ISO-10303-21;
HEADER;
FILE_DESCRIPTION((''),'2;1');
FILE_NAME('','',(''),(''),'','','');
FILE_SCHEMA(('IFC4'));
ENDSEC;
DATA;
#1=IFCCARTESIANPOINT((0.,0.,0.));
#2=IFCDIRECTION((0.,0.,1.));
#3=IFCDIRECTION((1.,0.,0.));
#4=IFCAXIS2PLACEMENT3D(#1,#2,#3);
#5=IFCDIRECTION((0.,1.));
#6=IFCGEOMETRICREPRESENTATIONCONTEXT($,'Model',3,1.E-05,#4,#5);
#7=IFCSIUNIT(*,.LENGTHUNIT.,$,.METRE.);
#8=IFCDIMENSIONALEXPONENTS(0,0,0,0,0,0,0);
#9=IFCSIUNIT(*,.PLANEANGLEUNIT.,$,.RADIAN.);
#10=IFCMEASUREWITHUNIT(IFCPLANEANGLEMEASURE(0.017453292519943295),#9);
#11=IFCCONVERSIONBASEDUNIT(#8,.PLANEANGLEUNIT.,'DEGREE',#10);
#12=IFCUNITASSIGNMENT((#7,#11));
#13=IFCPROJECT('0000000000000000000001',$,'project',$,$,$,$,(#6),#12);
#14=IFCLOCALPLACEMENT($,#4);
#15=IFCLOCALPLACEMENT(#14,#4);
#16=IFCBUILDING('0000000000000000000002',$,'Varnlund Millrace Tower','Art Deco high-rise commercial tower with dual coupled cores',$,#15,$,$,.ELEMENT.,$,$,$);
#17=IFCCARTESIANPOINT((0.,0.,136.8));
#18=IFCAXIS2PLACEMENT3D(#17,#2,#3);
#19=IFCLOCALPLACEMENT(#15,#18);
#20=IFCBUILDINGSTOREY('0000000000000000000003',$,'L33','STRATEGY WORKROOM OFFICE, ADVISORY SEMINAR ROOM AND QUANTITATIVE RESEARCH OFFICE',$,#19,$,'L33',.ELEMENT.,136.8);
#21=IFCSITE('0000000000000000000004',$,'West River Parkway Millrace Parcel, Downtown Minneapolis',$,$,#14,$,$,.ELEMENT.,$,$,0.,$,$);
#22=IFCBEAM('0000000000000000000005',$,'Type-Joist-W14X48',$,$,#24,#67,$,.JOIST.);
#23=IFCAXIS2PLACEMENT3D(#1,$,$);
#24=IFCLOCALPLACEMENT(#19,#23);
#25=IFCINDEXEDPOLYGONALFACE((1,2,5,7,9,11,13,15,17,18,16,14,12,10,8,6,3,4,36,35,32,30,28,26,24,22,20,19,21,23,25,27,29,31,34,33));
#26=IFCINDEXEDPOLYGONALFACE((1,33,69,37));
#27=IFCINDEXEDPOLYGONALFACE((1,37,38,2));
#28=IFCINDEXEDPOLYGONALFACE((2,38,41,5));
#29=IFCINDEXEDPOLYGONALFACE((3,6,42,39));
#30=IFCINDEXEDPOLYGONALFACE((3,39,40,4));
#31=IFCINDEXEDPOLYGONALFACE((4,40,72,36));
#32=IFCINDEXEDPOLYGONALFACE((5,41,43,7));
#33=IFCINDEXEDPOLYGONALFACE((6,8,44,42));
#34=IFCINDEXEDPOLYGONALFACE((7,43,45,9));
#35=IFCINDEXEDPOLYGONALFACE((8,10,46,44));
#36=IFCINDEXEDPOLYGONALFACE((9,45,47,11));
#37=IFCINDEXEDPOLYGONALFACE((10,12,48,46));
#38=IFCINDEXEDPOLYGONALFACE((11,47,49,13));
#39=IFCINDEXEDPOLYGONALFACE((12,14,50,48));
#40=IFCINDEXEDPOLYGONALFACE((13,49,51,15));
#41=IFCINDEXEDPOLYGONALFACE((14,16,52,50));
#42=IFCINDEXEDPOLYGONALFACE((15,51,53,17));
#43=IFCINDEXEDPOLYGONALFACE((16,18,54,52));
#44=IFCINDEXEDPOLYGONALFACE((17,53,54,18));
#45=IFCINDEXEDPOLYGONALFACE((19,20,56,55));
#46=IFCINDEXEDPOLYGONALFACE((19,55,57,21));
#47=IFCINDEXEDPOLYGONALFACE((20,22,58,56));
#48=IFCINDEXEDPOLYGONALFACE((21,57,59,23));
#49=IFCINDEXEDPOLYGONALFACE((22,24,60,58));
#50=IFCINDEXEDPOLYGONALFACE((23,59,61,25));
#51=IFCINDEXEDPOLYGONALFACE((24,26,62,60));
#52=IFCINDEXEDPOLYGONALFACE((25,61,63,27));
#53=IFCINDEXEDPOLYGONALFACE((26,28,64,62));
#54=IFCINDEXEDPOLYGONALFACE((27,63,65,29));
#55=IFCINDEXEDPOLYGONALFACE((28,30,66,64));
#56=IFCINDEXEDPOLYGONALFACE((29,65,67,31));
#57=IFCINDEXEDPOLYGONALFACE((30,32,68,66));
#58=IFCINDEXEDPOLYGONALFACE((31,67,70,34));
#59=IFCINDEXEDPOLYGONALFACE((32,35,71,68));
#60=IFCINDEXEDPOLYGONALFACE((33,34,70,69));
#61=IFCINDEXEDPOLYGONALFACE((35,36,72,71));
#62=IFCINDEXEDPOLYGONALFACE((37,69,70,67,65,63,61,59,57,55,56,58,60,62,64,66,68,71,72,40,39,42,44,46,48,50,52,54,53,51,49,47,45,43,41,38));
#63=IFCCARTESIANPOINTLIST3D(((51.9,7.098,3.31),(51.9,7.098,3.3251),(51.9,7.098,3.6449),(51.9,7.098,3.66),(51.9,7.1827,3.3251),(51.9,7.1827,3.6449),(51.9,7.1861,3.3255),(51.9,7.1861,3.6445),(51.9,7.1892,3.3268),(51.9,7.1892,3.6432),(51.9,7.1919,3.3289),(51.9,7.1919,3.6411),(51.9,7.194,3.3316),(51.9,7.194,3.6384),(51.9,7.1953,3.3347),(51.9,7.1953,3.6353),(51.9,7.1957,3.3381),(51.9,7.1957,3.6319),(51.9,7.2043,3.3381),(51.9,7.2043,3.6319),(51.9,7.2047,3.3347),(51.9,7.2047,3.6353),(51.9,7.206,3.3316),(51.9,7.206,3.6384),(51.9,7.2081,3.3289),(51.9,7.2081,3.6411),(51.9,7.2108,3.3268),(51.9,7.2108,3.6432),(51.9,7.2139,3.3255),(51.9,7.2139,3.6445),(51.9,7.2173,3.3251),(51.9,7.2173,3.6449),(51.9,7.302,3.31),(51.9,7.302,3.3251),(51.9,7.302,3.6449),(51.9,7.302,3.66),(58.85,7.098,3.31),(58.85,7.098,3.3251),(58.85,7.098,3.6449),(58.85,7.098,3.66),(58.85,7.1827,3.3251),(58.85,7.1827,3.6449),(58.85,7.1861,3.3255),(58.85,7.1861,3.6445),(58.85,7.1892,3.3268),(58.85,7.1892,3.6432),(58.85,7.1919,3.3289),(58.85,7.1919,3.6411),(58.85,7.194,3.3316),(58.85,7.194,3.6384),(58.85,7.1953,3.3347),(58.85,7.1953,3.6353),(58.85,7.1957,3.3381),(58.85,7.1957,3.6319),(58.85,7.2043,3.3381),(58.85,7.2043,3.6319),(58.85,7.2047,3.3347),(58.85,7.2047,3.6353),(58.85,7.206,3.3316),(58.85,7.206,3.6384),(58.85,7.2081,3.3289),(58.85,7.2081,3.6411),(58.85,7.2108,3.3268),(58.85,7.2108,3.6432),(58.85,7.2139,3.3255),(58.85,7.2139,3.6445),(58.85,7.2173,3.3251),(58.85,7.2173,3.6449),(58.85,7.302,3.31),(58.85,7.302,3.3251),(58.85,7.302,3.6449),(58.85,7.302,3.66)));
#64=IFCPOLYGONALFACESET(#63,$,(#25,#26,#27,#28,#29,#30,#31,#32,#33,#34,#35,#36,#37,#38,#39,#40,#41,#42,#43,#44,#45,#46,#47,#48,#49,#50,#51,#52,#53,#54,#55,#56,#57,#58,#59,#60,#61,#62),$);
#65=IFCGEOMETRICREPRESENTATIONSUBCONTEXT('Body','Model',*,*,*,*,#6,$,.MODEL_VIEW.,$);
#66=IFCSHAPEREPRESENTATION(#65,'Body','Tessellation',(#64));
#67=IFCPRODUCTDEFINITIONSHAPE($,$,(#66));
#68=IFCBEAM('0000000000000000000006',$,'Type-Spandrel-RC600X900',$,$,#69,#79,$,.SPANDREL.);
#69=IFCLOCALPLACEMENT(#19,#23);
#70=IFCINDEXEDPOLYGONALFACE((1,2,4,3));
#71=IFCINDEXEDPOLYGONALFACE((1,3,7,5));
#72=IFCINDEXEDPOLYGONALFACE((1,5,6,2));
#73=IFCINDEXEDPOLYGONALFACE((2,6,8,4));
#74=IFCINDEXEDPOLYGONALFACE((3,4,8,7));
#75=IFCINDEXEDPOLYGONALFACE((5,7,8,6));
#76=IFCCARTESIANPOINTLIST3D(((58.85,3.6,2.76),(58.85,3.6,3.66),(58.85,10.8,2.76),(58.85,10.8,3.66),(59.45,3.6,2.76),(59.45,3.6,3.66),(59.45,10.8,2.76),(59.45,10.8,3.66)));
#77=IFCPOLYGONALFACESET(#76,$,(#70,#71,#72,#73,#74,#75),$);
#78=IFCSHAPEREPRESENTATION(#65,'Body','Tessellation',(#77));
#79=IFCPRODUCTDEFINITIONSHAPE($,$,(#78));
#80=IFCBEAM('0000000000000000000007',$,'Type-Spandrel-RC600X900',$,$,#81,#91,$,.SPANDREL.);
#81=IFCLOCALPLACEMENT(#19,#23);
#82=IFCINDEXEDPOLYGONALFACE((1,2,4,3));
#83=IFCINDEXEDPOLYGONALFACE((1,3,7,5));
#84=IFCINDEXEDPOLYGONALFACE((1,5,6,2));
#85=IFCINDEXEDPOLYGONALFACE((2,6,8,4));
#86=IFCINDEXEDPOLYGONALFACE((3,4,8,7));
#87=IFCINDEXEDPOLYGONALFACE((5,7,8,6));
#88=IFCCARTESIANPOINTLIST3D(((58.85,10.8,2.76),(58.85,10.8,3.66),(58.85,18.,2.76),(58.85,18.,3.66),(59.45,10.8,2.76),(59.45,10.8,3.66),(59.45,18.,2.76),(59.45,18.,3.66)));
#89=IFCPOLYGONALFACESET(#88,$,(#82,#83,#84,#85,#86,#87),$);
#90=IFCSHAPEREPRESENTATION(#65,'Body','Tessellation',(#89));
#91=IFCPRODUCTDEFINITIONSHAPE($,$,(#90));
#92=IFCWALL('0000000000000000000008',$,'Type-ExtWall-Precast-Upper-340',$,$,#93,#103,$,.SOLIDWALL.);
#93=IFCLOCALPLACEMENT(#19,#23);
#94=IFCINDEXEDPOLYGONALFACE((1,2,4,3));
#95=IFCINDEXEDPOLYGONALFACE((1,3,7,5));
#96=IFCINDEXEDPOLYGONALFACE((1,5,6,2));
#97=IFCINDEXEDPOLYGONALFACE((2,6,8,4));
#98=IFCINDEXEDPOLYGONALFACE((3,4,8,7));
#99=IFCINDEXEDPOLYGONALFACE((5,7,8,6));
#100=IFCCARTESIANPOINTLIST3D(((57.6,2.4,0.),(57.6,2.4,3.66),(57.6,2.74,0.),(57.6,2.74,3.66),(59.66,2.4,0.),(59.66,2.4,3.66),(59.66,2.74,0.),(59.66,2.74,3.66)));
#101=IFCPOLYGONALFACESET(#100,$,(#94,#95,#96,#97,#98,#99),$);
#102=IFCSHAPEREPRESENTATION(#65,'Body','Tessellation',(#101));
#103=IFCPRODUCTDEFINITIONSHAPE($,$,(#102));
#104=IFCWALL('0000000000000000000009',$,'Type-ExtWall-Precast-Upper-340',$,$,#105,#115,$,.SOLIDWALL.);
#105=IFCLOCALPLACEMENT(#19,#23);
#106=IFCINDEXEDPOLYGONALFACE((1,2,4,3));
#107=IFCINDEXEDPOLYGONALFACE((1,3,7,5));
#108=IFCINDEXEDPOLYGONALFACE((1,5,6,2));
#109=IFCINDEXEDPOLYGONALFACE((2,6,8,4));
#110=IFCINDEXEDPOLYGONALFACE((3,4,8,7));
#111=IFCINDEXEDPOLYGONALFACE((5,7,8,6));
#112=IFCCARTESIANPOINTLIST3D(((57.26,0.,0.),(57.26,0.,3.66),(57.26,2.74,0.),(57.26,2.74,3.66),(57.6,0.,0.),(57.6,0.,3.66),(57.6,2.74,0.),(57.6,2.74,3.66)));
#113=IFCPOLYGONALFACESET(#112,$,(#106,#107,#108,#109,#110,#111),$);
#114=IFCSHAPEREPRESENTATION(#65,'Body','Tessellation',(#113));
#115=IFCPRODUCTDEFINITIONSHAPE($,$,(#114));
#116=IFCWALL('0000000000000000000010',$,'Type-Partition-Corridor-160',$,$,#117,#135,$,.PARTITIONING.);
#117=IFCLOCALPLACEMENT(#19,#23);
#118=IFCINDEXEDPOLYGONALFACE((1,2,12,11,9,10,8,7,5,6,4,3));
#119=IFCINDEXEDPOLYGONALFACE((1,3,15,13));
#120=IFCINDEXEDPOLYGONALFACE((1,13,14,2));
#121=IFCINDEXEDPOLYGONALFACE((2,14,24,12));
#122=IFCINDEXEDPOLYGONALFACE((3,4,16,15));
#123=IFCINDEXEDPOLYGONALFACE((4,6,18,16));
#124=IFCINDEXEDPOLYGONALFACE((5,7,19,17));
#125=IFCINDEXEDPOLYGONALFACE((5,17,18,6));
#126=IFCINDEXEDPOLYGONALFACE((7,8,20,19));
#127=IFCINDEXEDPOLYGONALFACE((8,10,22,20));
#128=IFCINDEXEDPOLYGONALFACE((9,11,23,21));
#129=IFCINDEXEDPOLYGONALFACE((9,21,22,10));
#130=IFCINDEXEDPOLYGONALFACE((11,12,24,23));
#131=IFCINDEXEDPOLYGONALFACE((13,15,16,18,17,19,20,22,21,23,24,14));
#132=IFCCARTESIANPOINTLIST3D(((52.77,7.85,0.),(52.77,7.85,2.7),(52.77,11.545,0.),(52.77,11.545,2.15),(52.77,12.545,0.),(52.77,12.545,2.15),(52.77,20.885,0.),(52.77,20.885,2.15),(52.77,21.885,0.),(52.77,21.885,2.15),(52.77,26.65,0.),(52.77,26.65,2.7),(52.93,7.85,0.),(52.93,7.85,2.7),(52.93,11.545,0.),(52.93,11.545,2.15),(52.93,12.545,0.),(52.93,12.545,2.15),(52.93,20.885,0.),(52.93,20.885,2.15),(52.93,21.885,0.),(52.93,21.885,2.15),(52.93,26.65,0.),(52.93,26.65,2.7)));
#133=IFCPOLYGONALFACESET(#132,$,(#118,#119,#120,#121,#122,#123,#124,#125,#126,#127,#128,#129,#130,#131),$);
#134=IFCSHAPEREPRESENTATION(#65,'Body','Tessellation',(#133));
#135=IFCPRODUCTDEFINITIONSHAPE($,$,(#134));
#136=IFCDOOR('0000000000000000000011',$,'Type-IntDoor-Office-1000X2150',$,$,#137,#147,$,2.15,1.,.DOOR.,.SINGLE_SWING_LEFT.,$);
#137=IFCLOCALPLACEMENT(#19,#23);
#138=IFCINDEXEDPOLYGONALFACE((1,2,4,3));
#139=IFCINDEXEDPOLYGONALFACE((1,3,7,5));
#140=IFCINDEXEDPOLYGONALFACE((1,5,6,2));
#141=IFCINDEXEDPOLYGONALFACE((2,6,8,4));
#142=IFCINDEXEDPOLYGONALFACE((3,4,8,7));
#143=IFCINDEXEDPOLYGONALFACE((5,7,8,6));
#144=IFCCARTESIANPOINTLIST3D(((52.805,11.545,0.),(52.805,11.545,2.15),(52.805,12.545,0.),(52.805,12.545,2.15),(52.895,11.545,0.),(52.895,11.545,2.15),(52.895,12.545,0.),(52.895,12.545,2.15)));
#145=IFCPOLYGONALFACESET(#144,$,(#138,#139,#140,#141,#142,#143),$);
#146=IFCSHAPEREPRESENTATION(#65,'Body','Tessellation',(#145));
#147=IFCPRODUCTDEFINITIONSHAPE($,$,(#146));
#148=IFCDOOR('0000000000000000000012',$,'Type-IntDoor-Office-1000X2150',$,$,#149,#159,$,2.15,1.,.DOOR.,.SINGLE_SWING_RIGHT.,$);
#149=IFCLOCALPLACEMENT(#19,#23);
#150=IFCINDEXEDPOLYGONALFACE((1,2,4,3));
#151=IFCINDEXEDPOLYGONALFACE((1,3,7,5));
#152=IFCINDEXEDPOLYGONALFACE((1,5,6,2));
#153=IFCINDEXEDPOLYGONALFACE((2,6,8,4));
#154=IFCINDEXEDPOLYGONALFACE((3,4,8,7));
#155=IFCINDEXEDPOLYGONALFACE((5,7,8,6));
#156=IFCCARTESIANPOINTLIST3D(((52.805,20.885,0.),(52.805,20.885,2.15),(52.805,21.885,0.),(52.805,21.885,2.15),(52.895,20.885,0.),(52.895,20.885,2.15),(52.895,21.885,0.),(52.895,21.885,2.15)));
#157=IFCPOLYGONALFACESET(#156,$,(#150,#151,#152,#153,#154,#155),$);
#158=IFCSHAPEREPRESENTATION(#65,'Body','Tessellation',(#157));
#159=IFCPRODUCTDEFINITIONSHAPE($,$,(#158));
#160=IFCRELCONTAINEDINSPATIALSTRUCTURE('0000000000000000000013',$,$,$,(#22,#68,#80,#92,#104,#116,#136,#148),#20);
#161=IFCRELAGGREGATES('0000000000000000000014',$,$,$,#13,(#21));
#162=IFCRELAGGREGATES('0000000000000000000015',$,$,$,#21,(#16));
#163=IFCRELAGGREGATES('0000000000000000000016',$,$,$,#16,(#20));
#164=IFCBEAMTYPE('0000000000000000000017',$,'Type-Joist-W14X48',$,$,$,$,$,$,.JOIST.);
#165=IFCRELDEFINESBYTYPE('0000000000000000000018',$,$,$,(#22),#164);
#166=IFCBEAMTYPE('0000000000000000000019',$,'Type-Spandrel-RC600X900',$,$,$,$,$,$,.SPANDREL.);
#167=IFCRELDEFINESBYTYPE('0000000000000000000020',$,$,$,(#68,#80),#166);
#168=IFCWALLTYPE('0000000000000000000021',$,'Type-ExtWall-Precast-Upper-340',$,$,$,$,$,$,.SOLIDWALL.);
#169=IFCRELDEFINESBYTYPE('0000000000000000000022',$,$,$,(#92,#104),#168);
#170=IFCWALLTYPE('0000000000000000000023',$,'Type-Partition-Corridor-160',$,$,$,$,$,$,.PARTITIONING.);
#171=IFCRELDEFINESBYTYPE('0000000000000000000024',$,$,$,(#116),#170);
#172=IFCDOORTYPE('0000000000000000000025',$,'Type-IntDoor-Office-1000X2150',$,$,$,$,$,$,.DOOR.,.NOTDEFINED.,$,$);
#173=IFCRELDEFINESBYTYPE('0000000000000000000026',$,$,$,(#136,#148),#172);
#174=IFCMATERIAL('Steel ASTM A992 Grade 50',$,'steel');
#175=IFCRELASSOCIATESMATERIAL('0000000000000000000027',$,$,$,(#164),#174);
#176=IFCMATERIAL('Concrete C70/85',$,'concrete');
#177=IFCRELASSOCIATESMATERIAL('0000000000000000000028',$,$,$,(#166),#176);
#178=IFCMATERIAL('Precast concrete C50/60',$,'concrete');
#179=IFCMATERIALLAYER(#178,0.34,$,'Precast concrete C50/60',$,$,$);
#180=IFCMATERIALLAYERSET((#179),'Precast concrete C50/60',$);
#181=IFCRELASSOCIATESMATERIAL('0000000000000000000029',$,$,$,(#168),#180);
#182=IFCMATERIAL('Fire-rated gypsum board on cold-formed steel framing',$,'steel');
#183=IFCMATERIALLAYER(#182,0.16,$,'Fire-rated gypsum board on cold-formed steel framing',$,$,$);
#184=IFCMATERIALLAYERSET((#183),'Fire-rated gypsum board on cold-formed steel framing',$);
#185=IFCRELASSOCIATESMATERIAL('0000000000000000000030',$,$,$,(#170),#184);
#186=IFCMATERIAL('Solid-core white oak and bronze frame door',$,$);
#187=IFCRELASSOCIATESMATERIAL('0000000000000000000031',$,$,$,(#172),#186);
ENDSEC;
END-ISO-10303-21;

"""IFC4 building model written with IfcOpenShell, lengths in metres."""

from ifc_helpers import new_model, entity, si_unit, converted_unit, direction, frame, origin_with_axes, origin_2d_with_axis, place, context, subcontext, project, spatial, polyline, rectangle, i_section, outline, extrude, material, layer, layer_set, material_profile, profile_set, type_object, element, fill, save


model = new_model("IFC4")

# Units and contexts
model_context = context("Model", 3, precision=1e-05, world=origin_with_axes(), true_north=direction((0.0, 1.0)))
body_context = subcontext(model_context, "Body", "Model", "MODEL_VIEW")
ifc_project = project(units=[si_unit("LENGTHUNIT", "METRE"), converted_unit("PLANEANGLEUNIT", "DEGREE", entity("IfcPlaneAngleMeasure", 0.017453292519943295), si_unit("PLANEANGLEUNIT", "RADIAN"), dimensions=[0, 0, 0, 0, 0, 0, 0])], contexts=[model_context])

# Site, building, storey
site_placement = place(None, origin_with_axes())
site = spatial("IfcSite", under=ifc_project, at=site_placement, Name="West River Parkway Millrace Parcel, Downtown Minneapolis", CompositionType="ELEMENT", RefElevation=0.0)
building_placement = place(site_placement, origin_with_axes())
building = spatial("IfcBuilding", under=site, at=building_placement, Name="Varnlund Millrace Tower", Description="Art Deco high-rise commercial tower with dual coupled cores", CompositionType="ELEMENT")
storey_placement = place(building_placement, frame((0.0, 0.0, 136.8), z_axis=(0.0, 0.0, 1.0), x_axis=(1.0, 0.0, 0.0)))
storey = spatial("IfcBuildingStorey", under=building, at=storey_placement, Name="L33", Description="STRATEGY WORKROOM OFFICE, ADVISORY SEMINAR ROOM AND QUANTITATIVE RESEARCH OFFICE", LongName="L33", CompositionType="ELEMENT", Elevation=136.8)

# Beams
ifc_material_1 = material(Name="Steel ASTM A992 Grade 50", Category="steel")
ifc_material_profile_1 = material_profile(ifc_material_1, i_section(OverallWidth=0.204, OverallDepth=0.35, WebThickness=0.0086, FlangeThickness=0.0151, FilletRadius=0.013, at=origin_2d_with_axis()), Name="Steel ASTM A992 Grade 50")
ifc_profile_set_1 = profile_set([ifc_material_profile_1], Name="Steel ASTM A992 Grade 50")
beam_type_1 = type_object("IfcBeamType", Name="Type-Joist-W14X48", PredefinedType="JOIST", material=ifc_profile_set_1)
beam_placement = place(storey_placement, frame((51.9, 7.2, 3.485), z_axis=(1.0, 0.0, 0.0), x_axis=(0.0, 1.0, 0.0)))
element("IfcBeam", 1, at=beam_placement, inside=storey, type_object=beam_type_1, Name="Type-Joist-W14X48", PredefinedType="JOIST", context=body_context, shape_type="SweptSolid", body=[
    extrude(i_section(OverallWidth=0.204, OverallDepth=0.35, WebThickness=0.0086, FlangeThickness=0.0151, FilletRadius=0.013, at=origin_2d_with_axis()), origin_with_axes(), (0.0, 0.0, 1.0), 6.95),
])
ifc_material_2 = material(Name="Concrete C70/85", Category="concrete")
ifc_material_profile_2 = material_profile(ifc_material_2, rectangle(XDim=0.6, YDim=0.9, at=origin_2d_with_axis()), Name="Concrete C70/85")
ifc_profile_set_2 = profile_set([ifc_material_profile_2], Name="Concrete C70/85")
beam_type_2 = type_object("IfcBeamType", Name="Type-Spandrel-RC600X900", PredefinedType="SPANDREL", material=ifc_profile_set_2)
for number, where, z_axis, x_axis, name in (
    (2, (59.15, 3.6, 3.21), (0.0, 1.0, 0.0), (-1.0, 0.0, 0.0), "Type-Spandrel-RC600X900"),
    (3, (59.15, 10.8, 3.21), (0.0, 1.0, 0.0), (-1.0, 0.0, 0.0), "Type-Spandrel-RC600X900"),
):
    element("IfcBeam", number, at=place(storey_placement, frame(where, z_axis=z_axis, x_axis=x_axis)), inside=storey, type_object=beam_type_2, Name=name, PredefinedType="SPANDREL", context=body_context, shape_type="SweptSolid", body=[
        extrude(rectangle(XDim=0.6, YDim=0.9, at=origin_2d_with_axis()), origin_with_axes(), (0.0, 0.0, 1.0), 7.2),
    ])

# Walls
ifc_material_3 = material(Name="Precast concrete C50/60", Category="concrete")
ifc_layer_1 = layer(ifc_material_3, 0.34, Name="Precast concrete C50/60")
ifc_layer_set_1 = layer_set([ifc_layer_1], Name="Precast concrete C50/60")
wall_type_1 = type_object("IfcWallType", Name="Type-ExtWall-Precast-Upper-340", PredefinedType="SOLIDWALL", material=ifc_layer_set_1)
wall_1_placement = place(storey_placement, frame((59.66, 2.57, 0.0), z_axis=(0.0, 0.0, 1.0), x_axis=(-1.0, 0.0, 0.0)))
element("IfcWall", 4, at=wall_1_placement, inside=storey, type_object=wall_type_1, Name="Type-ExtWall-Precast-Upper-340", PredefinedType="SOLIDWALL", context=body_context, shape_type="SweptSolid", body=[
    extrude(outline(polyline([(0.0, -0.17), (2.06, -0.17), (2.06, 0.17), (0.0, 0.17), (0.0, -0.17)])), origin_with_axes(), (0.0, 0.0, 1.0), 3.66),
])
wall_2_placement = place(storey_placement, frame((57.43, 2.74, 0.0), z_axis=(0.0, 0.0, 1.0), x_axis=(0.0, -1.0, 0.0)))
element("IfcWall", 5, at=wall_2_placement, inside=storey, type_object=wall_type_1, Name="Type-ExtWall-Precast-Upper-340", PredefinedType="SOLIDWALL", context=body_context, shape_type="SweptSolid", body=[
    extrude(outline(polyline([(0.0, -0.17), (2.74, -0.17), (2.74, 0.17), (0.0, 0.17), (0.0, -0.17)])), origin_with_axes(), (0.0, 0.0, 1.0), 3.66),
])

# Wall, openings, doors
ifc_material_4 = material(Name="Fire-rated gypsum board on cold-formed steel framing", Category="steel")
ifc_layer_2 = layer(ifc_material_4, 0.16, Name="Fire-rated gypsum board on cold-formed steel framing")
ifc_layer_set_2 = layer_set([ifc_layer_2], Name="Fire-rated gypsum board on cold-formed steel framing")
wall_type_2 = type_object("IfcWallType", Name="Type-Partition-Corridor-160", PredefinedType="PARTITIONING", material=ifc_layer_set_2)
wall_3_placement = place(storey_placement, frame((52.85, 7.85, 0.0), z_axis=(0.0, 0.0, 1.0), x_axis=(0.0, 1.0, 0.0)))
wall_3 = element("IfcWall", 6, at=wall_3_placement, inside=storey, type_object=wall_type_2, Name="Type-Partition-Corridor-160", PredefinedType="PARTITIONING", context=body_context, shape_type="SweptSolid", body=[
    extrude(outline(polyline([(0.0, -0.08), (18.8, -0.08), (18.8, 0.08), (0.0, 0.08), (0.0, -0.08)])), origin_with_axes(), (0.0, 0.0, 1.0), 2.7),
])
opening_1_placement = place(wall_3_placement, frame((4.195, 0.0, 0.0), z_axis=(0.0, 0.0, 1.0), x_axis=(1.0, 0.0, 0.0)))
opening_1 = element("IfcOpeningElement", 7, at=opening_1_placement, cuts=wall_3, PredefinedType="OPENING", context=body_context, shape_type="SweptSolid", body=[
    extrude(rectangle(XDim=1.0, YDim=0.18, at=origin_2d_with_axis()), origin_with_axes(), (0.0, 0.0, 1.0), 2.15),
])
opening_2_placement = place(wall_3_placement, frame((13.535, 0.0, 0.0), z_axis=(0.0, 0.0, 1.0), x_axis=(1.0, 0.0, 0.0)))
opening_2 = element("IfcOpeningElement", 8, at=opening_2_placement, cuts=wall_3, PredefinedType="OPENING", context=body_context, shape_type="SweptSolid", body=[
    extrude(rectangle(XDim=1.0, YDim=0.18, at=origin_2d_with_axis()), origin_with_axes(), (0.0, 0.0, 1.0), 2.15),
])
ifc_material_5 = material(Name="Solid-core white oak and bronze frame door")
door_type = type_object("IfcDoorType", Name="Type-IntDoor-Office-1000X2150", OperationType="NOTDEFINED", PredefinedType="DOOR", material=ifc_material_5)
door_1_placement = place(wall_3_placement, frame((4.195, 0.0, 0.0), z_axis=(0.0, 0.0, 1.0), x_axis=(1.0, 0.0, 0.0)))
door_1 = element("IfcDoor", 9, at=door_1_placement, inside=storey, type_object=door_type, Name="Type-IntDoor-Office-1000X2150", OperationType="SINGLE_SWING_LEFT", OverallHeight=2.15, OverallWidth=1.0, PredefinedType="DOOR", context=body_context, shape_type="SweptSolid", body=[
    extrude(rectangle(XDim=1.0, YDim=0.09, at=origin_2d_with_axis()), origin_with_axes(), (0.0, 0.0, 1.0), 2.15),
])
fill(opening_1, door_1)
door_2_placement = place(wall_3_placement, frame((13.535, 0.0, 0.0), z_axis=(0.0, 0.0, 1.0), x_axis=(1.0, 0.0, 0.0)))
door_2 = element("IfcDoor", 10, at=door_2_placement, inside=storey, type_object=door_type, Name="Type-IntDoor-Office-1000X2150", OperationType="SINGLE_SWING_RIGHT", OverallHeight=2.15, OverallWidth=1.0, PredefinedType="DOOR", context=body_context, shape_type="SweptSolid", body=[
    extrude(rectangle(XDim=1.0, YDim=0.09, at=origin_2d_with_axis()), origin_with_axes(), (0.0, 0.0, 1.0), 2.15),
])
fill(opening_2, door_2)

save(model, "model.ifc")
